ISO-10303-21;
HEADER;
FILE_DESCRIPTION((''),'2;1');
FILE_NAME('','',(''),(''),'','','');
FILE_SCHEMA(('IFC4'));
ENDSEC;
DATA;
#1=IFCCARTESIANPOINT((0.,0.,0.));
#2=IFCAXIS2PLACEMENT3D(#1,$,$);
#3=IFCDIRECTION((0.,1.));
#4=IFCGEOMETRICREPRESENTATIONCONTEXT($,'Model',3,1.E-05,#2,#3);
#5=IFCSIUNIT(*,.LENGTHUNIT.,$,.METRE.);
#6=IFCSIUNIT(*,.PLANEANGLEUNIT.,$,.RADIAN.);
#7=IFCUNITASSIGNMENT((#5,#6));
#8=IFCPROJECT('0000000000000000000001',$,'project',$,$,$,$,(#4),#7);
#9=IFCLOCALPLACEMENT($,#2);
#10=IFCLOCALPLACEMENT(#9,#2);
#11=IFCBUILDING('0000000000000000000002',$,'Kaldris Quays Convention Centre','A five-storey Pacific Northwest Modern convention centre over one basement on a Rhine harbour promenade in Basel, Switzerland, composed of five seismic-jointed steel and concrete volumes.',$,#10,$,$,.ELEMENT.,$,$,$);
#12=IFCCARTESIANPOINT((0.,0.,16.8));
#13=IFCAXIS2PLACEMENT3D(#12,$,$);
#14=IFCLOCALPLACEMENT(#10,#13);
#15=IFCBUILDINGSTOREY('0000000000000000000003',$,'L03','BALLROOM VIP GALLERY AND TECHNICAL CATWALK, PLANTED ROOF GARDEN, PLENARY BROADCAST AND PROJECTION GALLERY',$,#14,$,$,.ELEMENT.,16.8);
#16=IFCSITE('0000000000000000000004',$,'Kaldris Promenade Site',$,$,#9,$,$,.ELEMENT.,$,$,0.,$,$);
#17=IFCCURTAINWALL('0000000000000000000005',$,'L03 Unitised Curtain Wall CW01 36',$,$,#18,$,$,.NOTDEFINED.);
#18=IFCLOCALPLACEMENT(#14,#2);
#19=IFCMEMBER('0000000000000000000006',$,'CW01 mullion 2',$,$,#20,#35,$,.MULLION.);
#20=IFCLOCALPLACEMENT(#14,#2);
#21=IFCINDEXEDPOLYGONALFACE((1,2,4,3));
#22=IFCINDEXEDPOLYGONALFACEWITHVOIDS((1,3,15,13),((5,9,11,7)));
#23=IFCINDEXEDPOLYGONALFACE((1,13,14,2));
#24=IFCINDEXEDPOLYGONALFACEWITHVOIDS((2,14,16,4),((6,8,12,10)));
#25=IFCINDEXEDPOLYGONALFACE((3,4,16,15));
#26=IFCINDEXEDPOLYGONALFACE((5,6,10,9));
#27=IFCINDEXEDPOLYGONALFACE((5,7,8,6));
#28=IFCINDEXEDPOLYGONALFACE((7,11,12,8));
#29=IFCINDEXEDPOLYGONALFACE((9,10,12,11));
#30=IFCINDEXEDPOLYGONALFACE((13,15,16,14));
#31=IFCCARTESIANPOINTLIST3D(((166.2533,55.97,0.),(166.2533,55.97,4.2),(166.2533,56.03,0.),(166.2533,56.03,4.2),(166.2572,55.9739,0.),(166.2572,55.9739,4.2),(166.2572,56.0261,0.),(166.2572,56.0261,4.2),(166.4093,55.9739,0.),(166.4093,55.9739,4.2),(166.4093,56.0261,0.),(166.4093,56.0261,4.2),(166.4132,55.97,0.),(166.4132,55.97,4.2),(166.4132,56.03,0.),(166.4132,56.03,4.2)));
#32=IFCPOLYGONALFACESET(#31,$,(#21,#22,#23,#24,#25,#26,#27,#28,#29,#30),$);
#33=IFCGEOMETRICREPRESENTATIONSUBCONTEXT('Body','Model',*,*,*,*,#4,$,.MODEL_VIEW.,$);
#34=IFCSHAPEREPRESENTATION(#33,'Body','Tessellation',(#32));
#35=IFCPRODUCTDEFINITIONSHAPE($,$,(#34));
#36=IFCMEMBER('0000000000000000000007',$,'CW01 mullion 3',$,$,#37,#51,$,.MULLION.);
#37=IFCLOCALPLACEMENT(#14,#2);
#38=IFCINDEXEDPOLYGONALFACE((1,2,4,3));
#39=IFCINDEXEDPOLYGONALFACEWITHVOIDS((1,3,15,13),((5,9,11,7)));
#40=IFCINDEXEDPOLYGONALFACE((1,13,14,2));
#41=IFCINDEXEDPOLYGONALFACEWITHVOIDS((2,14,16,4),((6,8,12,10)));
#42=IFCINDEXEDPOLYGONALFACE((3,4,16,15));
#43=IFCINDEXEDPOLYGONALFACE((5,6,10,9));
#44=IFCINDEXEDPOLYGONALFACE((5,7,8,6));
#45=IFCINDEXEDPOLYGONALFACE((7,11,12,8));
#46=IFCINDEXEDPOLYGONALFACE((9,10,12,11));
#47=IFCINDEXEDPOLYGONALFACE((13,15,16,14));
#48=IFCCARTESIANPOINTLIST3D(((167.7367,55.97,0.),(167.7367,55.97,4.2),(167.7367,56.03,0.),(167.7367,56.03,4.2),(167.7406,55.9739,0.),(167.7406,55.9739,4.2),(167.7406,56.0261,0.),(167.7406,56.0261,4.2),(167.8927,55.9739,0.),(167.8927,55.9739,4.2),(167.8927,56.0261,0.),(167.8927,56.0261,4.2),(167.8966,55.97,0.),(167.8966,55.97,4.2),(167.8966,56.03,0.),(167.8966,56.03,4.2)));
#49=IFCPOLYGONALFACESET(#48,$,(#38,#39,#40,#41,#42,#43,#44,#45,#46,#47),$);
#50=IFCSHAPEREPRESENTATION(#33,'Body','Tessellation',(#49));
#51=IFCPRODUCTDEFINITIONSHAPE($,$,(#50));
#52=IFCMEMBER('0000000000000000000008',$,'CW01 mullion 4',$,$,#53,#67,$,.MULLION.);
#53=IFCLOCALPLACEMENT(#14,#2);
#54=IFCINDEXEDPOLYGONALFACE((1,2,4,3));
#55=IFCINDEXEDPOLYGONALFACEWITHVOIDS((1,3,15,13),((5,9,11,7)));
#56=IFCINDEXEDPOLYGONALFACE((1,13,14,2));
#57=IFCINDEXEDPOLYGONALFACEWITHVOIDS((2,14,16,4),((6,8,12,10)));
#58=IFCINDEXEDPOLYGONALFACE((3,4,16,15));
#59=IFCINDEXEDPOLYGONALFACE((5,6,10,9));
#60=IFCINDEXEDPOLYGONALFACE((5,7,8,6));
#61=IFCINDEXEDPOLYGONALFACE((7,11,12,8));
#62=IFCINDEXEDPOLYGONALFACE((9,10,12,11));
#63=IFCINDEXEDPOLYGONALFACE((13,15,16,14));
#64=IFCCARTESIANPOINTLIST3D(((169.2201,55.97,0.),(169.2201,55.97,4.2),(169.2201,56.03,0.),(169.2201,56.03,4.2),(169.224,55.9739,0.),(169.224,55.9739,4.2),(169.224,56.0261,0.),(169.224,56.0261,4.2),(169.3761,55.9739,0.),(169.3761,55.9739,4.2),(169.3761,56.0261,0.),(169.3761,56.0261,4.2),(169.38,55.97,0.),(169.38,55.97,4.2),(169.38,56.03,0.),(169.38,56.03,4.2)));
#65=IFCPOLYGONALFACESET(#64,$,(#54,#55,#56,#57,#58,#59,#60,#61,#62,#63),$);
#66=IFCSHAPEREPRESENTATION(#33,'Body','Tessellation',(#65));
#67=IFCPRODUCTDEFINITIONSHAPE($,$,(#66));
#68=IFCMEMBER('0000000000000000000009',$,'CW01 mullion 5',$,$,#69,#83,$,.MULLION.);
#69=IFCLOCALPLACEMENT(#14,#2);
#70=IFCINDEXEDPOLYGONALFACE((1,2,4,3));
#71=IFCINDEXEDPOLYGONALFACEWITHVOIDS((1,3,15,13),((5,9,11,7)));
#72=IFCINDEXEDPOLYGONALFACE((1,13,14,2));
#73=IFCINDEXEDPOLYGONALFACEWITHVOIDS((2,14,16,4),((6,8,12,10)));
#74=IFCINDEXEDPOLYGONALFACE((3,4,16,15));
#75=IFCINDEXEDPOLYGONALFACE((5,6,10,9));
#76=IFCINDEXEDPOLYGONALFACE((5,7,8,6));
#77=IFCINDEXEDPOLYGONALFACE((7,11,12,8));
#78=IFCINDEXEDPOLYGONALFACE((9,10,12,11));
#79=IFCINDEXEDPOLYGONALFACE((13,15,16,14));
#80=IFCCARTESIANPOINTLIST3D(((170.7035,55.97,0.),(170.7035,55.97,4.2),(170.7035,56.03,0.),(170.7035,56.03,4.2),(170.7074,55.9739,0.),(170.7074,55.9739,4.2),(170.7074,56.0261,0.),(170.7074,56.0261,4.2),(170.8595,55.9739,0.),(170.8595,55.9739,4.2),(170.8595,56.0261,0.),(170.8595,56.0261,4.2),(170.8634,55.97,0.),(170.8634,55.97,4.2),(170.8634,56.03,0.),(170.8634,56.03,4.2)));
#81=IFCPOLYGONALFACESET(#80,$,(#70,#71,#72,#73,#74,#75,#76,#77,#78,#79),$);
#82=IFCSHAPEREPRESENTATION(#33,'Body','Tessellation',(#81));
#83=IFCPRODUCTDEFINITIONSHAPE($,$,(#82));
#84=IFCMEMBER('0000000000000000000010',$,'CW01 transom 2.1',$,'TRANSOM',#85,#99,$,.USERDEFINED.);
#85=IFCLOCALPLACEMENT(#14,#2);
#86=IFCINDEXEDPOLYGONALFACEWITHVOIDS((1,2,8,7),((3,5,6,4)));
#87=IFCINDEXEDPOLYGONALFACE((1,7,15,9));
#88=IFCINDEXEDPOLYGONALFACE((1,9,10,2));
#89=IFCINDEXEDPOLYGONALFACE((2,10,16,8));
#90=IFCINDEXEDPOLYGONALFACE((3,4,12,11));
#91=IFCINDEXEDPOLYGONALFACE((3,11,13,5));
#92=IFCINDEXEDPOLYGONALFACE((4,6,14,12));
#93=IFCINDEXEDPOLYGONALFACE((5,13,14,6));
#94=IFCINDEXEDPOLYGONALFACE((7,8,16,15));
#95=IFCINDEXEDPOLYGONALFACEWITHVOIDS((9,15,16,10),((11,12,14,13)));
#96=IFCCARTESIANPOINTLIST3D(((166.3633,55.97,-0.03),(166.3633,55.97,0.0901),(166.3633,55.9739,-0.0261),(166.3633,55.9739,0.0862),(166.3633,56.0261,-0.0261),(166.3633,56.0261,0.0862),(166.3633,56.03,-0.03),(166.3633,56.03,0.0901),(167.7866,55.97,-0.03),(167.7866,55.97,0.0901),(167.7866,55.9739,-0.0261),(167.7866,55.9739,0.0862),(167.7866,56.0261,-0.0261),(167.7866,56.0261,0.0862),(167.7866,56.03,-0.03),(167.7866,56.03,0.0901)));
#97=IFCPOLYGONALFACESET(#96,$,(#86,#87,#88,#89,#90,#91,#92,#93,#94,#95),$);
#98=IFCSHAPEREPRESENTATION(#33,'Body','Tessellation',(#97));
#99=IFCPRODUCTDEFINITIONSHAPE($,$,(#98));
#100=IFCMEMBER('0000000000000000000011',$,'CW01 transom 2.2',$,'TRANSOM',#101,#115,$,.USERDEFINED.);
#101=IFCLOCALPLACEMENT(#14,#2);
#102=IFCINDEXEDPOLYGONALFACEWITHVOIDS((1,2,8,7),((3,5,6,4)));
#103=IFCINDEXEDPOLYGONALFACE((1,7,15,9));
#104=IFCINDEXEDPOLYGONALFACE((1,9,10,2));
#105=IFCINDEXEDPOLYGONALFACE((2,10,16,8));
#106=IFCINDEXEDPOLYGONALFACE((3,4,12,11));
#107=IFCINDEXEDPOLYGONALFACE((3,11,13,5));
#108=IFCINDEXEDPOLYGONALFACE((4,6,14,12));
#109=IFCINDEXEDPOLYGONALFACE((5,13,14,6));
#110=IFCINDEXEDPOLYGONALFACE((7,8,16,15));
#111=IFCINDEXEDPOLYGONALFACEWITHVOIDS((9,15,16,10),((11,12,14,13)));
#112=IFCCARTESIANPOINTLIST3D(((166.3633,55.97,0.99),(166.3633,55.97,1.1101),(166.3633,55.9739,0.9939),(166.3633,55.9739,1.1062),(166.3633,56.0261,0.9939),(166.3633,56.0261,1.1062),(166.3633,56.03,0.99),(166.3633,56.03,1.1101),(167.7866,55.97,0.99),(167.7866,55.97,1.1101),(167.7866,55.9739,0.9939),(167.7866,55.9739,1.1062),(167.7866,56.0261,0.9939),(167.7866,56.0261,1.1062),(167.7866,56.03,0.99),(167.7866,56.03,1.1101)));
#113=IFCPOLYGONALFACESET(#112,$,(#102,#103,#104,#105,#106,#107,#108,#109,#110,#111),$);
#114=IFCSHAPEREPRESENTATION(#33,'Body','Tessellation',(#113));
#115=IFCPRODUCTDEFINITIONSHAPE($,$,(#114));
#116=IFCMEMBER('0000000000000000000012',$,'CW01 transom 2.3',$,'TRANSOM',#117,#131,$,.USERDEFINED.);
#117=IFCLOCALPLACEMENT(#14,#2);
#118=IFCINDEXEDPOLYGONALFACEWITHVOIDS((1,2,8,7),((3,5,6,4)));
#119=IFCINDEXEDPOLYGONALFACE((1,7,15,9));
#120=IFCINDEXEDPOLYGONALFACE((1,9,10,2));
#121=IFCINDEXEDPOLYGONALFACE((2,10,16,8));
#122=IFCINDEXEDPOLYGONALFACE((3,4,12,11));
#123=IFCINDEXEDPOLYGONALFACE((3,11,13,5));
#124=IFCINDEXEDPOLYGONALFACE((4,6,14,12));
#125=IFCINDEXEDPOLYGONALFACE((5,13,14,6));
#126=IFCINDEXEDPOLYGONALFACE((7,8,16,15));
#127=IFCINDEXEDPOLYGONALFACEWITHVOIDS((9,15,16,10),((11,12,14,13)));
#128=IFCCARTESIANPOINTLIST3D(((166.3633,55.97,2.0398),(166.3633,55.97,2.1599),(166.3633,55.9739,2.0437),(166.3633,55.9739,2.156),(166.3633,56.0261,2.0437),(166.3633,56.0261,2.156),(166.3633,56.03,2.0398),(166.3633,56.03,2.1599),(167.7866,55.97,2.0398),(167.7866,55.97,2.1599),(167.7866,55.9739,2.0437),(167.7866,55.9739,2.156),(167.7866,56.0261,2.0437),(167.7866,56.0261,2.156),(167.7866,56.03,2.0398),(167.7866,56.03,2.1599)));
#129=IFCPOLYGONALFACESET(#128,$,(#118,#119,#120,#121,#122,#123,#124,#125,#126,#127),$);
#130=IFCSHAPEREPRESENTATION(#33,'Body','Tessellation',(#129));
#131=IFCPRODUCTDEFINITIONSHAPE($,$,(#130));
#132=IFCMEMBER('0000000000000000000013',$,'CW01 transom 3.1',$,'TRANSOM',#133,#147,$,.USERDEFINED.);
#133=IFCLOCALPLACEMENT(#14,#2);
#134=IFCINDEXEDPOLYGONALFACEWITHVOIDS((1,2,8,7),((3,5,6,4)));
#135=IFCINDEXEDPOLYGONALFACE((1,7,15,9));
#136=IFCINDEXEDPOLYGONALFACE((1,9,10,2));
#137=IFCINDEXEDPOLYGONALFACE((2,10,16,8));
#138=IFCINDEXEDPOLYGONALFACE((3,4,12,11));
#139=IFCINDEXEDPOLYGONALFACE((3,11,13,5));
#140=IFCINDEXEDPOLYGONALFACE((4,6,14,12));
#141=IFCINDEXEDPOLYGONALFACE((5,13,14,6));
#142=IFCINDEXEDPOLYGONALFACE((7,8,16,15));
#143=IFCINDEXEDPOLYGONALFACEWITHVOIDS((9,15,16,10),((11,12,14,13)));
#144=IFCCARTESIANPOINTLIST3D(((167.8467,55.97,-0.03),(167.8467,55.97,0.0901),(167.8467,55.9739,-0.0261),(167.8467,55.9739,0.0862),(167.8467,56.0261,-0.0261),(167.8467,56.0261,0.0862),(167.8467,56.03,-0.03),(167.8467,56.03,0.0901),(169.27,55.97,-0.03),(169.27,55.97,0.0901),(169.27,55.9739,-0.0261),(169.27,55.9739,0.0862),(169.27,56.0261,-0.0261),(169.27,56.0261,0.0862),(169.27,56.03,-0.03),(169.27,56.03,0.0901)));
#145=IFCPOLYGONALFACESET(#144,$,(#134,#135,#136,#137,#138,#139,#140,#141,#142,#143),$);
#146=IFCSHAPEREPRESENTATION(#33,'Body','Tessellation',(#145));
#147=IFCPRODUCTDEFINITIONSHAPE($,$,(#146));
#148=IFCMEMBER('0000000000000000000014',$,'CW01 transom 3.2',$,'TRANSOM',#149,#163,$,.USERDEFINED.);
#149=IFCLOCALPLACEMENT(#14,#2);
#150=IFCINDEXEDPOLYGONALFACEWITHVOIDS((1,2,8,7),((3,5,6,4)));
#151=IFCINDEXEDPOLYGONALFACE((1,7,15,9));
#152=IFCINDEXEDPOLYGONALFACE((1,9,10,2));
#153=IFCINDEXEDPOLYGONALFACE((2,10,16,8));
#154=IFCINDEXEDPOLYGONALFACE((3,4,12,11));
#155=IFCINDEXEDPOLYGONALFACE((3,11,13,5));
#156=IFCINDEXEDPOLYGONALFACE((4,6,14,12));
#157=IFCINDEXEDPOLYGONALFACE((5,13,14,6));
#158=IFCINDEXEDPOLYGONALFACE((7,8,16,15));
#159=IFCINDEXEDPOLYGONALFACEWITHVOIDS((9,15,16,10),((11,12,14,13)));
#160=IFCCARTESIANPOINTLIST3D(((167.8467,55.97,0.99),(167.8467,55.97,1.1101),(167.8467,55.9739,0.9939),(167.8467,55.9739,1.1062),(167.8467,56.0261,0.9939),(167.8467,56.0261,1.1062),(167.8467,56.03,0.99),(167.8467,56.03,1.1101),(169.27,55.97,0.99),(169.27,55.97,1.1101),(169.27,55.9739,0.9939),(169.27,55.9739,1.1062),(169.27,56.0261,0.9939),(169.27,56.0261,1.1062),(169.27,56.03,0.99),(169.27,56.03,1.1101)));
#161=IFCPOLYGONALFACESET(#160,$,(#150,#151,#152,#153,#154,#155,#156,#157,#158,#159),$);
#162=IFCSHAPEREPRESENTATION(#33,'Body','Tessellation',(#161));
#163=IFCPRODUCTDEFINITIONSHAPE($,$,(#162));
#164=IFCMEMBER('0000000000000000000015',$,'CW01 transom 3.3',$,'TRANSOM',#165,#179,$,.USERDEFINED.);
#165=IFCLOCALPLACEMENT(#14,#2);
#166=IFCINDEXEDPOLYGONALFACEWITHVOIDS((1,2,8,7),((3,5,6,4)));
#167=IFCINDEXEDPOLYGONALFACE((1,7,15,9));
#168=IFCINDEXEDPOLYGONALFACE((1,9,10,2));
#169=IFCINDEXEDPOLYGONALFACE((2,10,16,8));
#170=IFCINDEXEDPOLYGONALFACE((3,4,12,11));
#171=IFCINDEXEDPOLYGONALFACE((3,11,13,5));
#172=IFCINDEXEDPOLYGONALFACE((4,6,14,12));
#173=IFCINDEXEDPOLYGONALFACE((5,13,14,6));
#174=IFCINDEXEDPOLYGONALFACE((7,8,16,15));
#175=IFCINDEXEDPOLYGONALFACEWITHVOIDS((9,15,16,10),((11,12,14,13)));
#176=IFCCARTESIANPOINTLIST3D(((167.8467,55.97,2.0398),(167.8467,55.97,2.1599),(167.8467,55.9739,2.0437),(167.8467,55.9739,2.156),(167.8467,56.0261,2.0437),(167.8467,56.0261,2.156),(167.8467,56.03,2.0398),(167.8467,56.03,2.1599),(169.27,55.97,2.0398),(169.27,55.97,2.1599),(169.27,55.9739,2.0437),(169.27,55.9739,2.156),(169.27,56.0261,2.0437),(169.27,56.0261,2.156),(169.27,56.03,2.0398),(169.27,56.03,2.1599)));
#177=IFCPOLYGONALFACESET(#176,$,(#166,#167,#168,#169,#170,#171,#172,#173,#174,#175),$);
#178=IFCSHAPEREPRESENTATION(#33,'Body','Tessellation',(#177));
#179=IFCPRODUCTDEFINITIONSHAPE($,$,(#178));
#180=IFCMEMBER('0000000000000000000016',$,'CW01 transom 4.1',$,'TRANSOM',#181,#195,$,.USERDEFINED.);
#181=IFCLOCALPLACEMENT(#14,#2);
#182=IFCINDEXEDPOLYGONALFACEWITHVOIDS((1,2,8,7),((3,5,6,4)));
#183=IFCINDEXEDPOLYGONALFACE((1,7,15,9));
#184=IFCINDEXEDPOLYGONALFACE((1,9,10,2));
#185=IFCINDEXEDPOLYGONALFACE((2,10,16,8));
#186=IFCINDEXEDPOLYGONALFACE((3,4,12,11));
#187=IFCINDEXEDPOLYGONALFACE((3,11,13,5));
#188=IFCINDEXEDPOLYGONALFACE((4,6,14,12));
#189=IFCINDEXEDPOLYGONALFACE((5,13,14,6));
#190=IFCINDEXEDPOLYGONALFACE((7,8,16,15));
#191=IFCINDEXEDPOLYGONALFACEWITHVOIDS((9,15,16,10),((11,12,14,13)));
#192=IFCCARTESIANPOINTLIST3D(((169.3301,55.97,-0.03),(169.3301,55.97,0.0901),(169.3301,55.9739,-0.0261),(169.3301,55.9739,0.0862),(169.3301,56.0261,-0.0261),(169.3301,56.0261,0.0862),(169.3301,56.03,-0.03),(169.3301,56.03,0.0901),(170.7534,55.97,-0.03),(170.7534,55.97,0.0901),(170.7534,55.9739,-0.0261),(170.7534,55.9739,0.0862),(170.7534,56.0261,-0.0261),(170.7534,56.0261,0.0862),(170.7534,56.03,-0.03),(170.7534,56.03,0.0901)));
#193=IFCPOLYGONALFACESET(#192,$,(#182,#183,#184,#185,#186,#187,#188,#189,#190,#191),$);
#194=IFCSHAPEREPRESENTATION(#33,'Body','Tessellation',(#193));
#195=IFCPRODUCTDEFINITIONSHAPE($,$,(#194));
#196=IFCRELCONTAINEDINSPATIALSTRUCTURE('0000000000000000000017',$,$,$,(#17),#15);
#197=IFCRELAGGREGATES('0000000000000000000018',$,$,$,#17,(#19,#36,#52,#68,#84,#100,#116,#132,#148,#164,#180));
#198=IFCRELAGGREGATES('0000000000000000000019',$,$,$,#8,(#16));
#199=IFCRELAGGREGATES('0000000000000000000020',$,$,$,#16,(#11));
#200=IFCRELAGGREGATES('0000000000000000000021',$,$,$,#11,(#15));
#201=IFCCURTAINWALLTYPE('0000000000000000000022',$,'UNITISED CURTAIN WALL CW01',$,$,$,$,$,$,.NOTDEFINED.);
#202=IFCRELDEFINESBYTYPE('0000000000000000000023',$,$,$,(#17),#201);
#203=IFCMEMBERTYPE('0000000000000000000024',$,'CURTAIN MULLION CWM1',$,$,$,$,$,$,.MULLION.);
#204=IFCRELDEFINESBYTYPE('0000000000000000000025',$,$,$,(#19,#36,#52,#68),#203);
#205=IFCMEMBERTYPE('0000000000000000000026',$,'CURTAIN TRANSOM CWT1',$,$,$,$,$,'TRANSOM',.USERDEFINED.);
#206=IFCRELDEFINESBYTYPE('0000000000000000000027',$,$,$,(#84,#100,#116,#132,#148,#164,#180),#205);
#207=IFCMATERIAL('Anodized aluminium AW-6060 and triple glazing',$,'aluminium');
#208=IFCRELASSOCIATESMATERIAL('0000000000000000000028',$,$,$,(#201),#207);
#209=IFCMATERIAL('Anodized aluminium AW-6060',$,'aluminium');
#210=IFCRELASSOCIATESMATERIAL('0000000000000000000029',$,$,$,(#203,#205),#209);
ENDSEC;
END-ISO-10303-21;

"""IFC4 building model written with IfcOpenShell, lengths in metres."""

from ifc_helpers import new_model, si_unit, direction, frame, origin, origin_2d, place, context, subcontext, project, spatial, hollow_rectangle, extrude, material, material_profile, profile_set, type_object, element, aggregate, save


model = new_model("IFC4")

# Units and contexts
model_context = context("Model", 3, precision=1e-05, world=origin(), true_north=direction((0.0, 1.0)))
body_context = subcontext(model_context, "Body", "Model", "MODEL_VIEW")
ifc_project = project(units=[si_unit("LENGTHUNIT", "METRE"), si_unit("PLANEANGLEUNIT", "RADIAN")], contexts=[model_context])

# Site, building, storey
site_placement = place(None, origin())
site = spatial("IfcSite", under=ifc_project, at=site_placement, Name="Kaldris Promenade Site", CompositionType="ELEMENT", RefElevation=0.0)
building_placement = place(site_placement, origin())
building = spatial("IfcBuilding", under=site, at=building_placement, Name="Kaldris Quays Convention Centre", Description="A five-storey Pacific Northwest Modern convention centre over one basement on a Rhine harbour promenade in Basel, Switzerland, composed of five seismic-jointed steel and concrete volumes.", CompositionType="ELEMENT")
storey_placement = place(building_placement, frame((0.0, 0.0, 16.8)))
storey = spatial("IfcBuildingStorey", under=building, at=storey_placement, Name="L03", Description="BALLROOM VIP GALLERY AND TECHNICAL CATWALK, PLANTED ROOF GARDEN, PLENARY BROADCAST AND PROJECTION GALLERY", CompositionType="ELEMENT", Elevation=16.8)

# Curtain wall, members
ifc_material_1 = material(Name="Anodized aluminium AW-6060 and triple glazing", Category="aluminium")
curtain_wall_type = type_object("IfcCurtainWallType", Name="UNITISED CURTAIN WALL CW01", PredefinedType="NOTDEFINED", material=ifc_material_1)
curtain_wall_placement = place(storey_placement, origin())
curtain_wall = element("IfcCurtainWall", 1, at=curtain_wall_placement, inside=storey, type_object=curtain_wall_type, Name="L03 Unitised Curtain Wall CW01 36", PredefinedType="NOTDEFINED")
ifc_material_2 = material(Name="Anodized aluminium AW-6060", Category="aluminium")
ifc_material_profile_1 = material_profile(ifc_material_2, hollow_rectangle(XDim=0.0601, YDim=0.1599, WallThickness=0.0039, at=origin_2d()), Name="RHS 160x60x4")
ifc_profile_set_1 = profile_set([ifc_material_profile_1], Name="Anodized aluminium AW-6060")
member_type_1 = type_object("IfcMemberType", Name="CURTAIN MULLION CWM1", PredefinedType="MULLION", material=ifc_profile_set_1)
member_1_placement = place(storey_placement, frame((166.3333, 56.0, 0.0), z_axis=(0.0, 0.0, 1.0), x_axis=(0.0, 1.0, 0.0)))
member_1 = element("IfcMember", 2, at=member_1_placement, type_object=member_type_1, Name="CW01 mullion 2", PredefinedType="MULLION", context=body_context, shape_type="SweptSolid", body=[
    extrude(hollow_rectangle(XDim=0.0601, YDim=0.1599, WallThickness=0.0039, at=origin_2d()), origin(), (0.0, 0.0, 1.0), 4.2),
])
member_2_placement = place(storey_placement, frame((167.8167, 56.0, 0.0), z_axis=(0.0, 0.0, 1.0), x_axis=(0.0, 1.0, 0.0)))
member_2 = element("IfcMember", 3, at=member_2_placement, type_object=member_type_1, Name="CW01 mullion 3", PredefinedType="MULLION", context=body_context, shape_type="SweptSolid", body=[
    extrude(hollow_rectangle(XDim=0.0601, YDim=0.1599, WallThickness=0.0039, at=origin_2d()), origin(), (0.0, 0.0, 1.0), 4.2),
])
member_3_placement = place(storey_placement, frame((169.3, 56.0, 0.0), z_axis=(0.0, 0.0, 1.0), x_axis=(0.0, 1.0, 0.0)))
member_3 = element("IfcMember", 4, at=member_3_placement, type_object=member_type_1, Name="CW01 mullion 4", PredefinedType="MULLION", context=body_context, shape_type="SweptSolid", body=[
    extrude(hollow_rectangle(XDim=0.0601, YDim=0.1599, WallThickness=0.0039, at=origin_2d()), origin(), (0.0, 0.0, 1.0), 4.2),
])
member_4_placement = place(storey_placement, frame((170.7834, 56.0, 0.0), z_axis=(0.0, 0.0, 1.0), x_axis=(0.0, 1.0, 0.0)))
member_4 = element("IfcMember", 5, at=member_4_placement, type_object=member_type_1, Name="CW01 mullion 5", PredefinedType="MULLION", context=body_context, shape_type="SweptSolid", body=[
    extrude(hollow_rectangle(XDim=0.0601, YDim=0.1599, WallThickness=0.0039, at=origin_2d()), origin(), (0.0, 0.0, 1.0), 4.2),
])
ifc_material_profile_2 = material_profile(ifc_material_2, hollow_rectangle(XDim=0.0601, YDim=0.1201, WallThickness=0.0039, at=origin_2d()), Name="RHS 120x60x4")
ifc_profile_set_2 = profile_set([ifc_material_profile_2], Name="Anodized aluminium AW-6060")
member_type_2 = type_object("IfcMemberType", Name="CURTAIN TRANSOM CWT1", ElementType="TRANSOM", PredefinedType="USERDEFINED", material=ifc_profile_set_2)
member_5_placement = place(storey_placement, frame((166.3633, 56.0, 0.03), z_axis=(1.0, 0.0, 0.0), x_axis=(0.0, 1.0, 0.0)))
member_5 = element("IfcMember", 6, at=member_5_placement, type_object=member_type_2, Name="CW01 transom 2.1", ObjectType="TRANSOM", PredefinedType="USERDEFINED", context=body_context, shape_type="SweptSolid", body=[
    extrude(hollow_rectangle(XDim=0.0601, YDim=0.1201, WallThickness=0.0039, at=origin_2d()), origin(), (0.0, 0.0, 1.0), 1.4233),
])
member_6_placement = place(storey_placement, frame((166.3633, 56.0, 1.05), z_axis=(1.0, 0.0, 0.0), x_axis=(0.0, 1.0, 0.0)))
member_6 = element("IfcMember", 7, at=member_6_placement, type_object=member_type_2, Name="CW01 transom 2.2", ObjectType="TRANSOM", PredefinedType="USERDEFINED", context=body_context, shape_type="SweptSolid", body=[
    extrude(hollow_rectangle(XDim=0.0601, YDim=0.1201, WallThickness=0.0039, at=origin_2d()), origin(), (0.0, 0.0, 1.0), 1.4233),
])
member_7_placement = place(storey_placement, frame((166.3633, 56.0, 2.0999), z_axis=(1.0, 0.0, 0.0), x_axis=(0.0, 1.0, 0.0)))
member_7 = element("IfcMember", 8, at=member_7_placement, type_object=member_type_2, Name="CW01 transom 2.3", ObjectType="TRANSOM", PredefinedType="USERDEFINED", context=body_context, shape_type="SweptSolid", body=[
    extrude(hollow_rectangle(XDim=0.0601, YDim=0.1201, WallThickness=0.0039, at=origin_2d()), origin(), (0.0, 0.0, 1.0), 1.4233),
])
member_8_placement = place(storey_placement, frame((167.8467, 56.0, 0.03), z_axis=(1.0, 0.0, 0.0), x_axis=(0.0, 1.0, 0.0)))
member_8 = element("IfcMember", 9, at=member_8_placement, type_object=member_type_2, Name="CW01 transom 3.1", ObjectType="TRANSOM", PredefinedType="USERDEFINED", context=body_context, shape_type="SweptSolid", body=[
    extrude(hollow_rectangle(XDim=0.0601, YDim=0.1201, WallThickness=0.0039, at=origin_2d()), origin(), (0.0, 0.0, 1.0), 1.4233),
])
member_9_placement = place(storey_placement, frame((167.8467, 56.0, 1.05), z_axis=(1.0, 0.0, 0.0), x_axis=(0.0, 1.0, 0.0)))
member_9 = element("IfcMember", 10, at=member_9_placement, type_object=member_type_2, Name="CW01 transom 3.2", ObjectType="TRANSOM", PredefinedType="USERDEFINED", context=body_context, shape_type="SweptSolid", body=[
    extrude(hollow_rectangle(XDim=0.0601, YDim=0.1201, WallThickness=0.0039, at=origin_2d()), origin(), (0.0, 0.0, 1.0), 1.4233),
])
member_10_placement = place(storey_placement, frame((167.8467, 56.0, 2.0999), z_axis=(1.0, 0.0, 0.0), x_axis=(0.0, 1.0, 0.0)))
member_10 = element("IfcMember", 11, at=member_10_placement, type_object=member_type_2, Name="CW01 transom 3.3", ObjectType="TRANSOM", PredefinedType="USERDEFINED", context=body_context, shape_type="SweptSolid", body=[
    extrude(hollow_rectangle(XDim=0.0601, YDim=0.1201, WallThickness=0.0039, at=origin_2d()), origin(), (0.0, 0.0, 1.0), 1.4233),
])
member_11_placement = place(storey_placement, frame((169.3301, 56.0, 0.03), z_axis=(1.0, 0.0, 0.0), x_axis=(0.0, 1.0, 0.0)))
member_11 = element("IfcMember", 12, at=member_11_placement, type_object=member_type_2, Name="CW01 transom 4.1", ObjectType="TRANSOM", PredefinedType="USERDEFINED", context=body_context, shape_type="SweptSolid", body=[
    extrude(hollow_rectangle(XDim=0.0601, YDim=0.1201, WallThickness=0.0039, at=origin_2d()), origin(), (0.0, 0.0, 1.0), 1.4233),
])
aggregate(curtain_wall, [member_1, member_2, member_3, member_4, member_5, member_6, member_7, member_8, member_9, member_10, member_11])

save(model, "model.ifc")
